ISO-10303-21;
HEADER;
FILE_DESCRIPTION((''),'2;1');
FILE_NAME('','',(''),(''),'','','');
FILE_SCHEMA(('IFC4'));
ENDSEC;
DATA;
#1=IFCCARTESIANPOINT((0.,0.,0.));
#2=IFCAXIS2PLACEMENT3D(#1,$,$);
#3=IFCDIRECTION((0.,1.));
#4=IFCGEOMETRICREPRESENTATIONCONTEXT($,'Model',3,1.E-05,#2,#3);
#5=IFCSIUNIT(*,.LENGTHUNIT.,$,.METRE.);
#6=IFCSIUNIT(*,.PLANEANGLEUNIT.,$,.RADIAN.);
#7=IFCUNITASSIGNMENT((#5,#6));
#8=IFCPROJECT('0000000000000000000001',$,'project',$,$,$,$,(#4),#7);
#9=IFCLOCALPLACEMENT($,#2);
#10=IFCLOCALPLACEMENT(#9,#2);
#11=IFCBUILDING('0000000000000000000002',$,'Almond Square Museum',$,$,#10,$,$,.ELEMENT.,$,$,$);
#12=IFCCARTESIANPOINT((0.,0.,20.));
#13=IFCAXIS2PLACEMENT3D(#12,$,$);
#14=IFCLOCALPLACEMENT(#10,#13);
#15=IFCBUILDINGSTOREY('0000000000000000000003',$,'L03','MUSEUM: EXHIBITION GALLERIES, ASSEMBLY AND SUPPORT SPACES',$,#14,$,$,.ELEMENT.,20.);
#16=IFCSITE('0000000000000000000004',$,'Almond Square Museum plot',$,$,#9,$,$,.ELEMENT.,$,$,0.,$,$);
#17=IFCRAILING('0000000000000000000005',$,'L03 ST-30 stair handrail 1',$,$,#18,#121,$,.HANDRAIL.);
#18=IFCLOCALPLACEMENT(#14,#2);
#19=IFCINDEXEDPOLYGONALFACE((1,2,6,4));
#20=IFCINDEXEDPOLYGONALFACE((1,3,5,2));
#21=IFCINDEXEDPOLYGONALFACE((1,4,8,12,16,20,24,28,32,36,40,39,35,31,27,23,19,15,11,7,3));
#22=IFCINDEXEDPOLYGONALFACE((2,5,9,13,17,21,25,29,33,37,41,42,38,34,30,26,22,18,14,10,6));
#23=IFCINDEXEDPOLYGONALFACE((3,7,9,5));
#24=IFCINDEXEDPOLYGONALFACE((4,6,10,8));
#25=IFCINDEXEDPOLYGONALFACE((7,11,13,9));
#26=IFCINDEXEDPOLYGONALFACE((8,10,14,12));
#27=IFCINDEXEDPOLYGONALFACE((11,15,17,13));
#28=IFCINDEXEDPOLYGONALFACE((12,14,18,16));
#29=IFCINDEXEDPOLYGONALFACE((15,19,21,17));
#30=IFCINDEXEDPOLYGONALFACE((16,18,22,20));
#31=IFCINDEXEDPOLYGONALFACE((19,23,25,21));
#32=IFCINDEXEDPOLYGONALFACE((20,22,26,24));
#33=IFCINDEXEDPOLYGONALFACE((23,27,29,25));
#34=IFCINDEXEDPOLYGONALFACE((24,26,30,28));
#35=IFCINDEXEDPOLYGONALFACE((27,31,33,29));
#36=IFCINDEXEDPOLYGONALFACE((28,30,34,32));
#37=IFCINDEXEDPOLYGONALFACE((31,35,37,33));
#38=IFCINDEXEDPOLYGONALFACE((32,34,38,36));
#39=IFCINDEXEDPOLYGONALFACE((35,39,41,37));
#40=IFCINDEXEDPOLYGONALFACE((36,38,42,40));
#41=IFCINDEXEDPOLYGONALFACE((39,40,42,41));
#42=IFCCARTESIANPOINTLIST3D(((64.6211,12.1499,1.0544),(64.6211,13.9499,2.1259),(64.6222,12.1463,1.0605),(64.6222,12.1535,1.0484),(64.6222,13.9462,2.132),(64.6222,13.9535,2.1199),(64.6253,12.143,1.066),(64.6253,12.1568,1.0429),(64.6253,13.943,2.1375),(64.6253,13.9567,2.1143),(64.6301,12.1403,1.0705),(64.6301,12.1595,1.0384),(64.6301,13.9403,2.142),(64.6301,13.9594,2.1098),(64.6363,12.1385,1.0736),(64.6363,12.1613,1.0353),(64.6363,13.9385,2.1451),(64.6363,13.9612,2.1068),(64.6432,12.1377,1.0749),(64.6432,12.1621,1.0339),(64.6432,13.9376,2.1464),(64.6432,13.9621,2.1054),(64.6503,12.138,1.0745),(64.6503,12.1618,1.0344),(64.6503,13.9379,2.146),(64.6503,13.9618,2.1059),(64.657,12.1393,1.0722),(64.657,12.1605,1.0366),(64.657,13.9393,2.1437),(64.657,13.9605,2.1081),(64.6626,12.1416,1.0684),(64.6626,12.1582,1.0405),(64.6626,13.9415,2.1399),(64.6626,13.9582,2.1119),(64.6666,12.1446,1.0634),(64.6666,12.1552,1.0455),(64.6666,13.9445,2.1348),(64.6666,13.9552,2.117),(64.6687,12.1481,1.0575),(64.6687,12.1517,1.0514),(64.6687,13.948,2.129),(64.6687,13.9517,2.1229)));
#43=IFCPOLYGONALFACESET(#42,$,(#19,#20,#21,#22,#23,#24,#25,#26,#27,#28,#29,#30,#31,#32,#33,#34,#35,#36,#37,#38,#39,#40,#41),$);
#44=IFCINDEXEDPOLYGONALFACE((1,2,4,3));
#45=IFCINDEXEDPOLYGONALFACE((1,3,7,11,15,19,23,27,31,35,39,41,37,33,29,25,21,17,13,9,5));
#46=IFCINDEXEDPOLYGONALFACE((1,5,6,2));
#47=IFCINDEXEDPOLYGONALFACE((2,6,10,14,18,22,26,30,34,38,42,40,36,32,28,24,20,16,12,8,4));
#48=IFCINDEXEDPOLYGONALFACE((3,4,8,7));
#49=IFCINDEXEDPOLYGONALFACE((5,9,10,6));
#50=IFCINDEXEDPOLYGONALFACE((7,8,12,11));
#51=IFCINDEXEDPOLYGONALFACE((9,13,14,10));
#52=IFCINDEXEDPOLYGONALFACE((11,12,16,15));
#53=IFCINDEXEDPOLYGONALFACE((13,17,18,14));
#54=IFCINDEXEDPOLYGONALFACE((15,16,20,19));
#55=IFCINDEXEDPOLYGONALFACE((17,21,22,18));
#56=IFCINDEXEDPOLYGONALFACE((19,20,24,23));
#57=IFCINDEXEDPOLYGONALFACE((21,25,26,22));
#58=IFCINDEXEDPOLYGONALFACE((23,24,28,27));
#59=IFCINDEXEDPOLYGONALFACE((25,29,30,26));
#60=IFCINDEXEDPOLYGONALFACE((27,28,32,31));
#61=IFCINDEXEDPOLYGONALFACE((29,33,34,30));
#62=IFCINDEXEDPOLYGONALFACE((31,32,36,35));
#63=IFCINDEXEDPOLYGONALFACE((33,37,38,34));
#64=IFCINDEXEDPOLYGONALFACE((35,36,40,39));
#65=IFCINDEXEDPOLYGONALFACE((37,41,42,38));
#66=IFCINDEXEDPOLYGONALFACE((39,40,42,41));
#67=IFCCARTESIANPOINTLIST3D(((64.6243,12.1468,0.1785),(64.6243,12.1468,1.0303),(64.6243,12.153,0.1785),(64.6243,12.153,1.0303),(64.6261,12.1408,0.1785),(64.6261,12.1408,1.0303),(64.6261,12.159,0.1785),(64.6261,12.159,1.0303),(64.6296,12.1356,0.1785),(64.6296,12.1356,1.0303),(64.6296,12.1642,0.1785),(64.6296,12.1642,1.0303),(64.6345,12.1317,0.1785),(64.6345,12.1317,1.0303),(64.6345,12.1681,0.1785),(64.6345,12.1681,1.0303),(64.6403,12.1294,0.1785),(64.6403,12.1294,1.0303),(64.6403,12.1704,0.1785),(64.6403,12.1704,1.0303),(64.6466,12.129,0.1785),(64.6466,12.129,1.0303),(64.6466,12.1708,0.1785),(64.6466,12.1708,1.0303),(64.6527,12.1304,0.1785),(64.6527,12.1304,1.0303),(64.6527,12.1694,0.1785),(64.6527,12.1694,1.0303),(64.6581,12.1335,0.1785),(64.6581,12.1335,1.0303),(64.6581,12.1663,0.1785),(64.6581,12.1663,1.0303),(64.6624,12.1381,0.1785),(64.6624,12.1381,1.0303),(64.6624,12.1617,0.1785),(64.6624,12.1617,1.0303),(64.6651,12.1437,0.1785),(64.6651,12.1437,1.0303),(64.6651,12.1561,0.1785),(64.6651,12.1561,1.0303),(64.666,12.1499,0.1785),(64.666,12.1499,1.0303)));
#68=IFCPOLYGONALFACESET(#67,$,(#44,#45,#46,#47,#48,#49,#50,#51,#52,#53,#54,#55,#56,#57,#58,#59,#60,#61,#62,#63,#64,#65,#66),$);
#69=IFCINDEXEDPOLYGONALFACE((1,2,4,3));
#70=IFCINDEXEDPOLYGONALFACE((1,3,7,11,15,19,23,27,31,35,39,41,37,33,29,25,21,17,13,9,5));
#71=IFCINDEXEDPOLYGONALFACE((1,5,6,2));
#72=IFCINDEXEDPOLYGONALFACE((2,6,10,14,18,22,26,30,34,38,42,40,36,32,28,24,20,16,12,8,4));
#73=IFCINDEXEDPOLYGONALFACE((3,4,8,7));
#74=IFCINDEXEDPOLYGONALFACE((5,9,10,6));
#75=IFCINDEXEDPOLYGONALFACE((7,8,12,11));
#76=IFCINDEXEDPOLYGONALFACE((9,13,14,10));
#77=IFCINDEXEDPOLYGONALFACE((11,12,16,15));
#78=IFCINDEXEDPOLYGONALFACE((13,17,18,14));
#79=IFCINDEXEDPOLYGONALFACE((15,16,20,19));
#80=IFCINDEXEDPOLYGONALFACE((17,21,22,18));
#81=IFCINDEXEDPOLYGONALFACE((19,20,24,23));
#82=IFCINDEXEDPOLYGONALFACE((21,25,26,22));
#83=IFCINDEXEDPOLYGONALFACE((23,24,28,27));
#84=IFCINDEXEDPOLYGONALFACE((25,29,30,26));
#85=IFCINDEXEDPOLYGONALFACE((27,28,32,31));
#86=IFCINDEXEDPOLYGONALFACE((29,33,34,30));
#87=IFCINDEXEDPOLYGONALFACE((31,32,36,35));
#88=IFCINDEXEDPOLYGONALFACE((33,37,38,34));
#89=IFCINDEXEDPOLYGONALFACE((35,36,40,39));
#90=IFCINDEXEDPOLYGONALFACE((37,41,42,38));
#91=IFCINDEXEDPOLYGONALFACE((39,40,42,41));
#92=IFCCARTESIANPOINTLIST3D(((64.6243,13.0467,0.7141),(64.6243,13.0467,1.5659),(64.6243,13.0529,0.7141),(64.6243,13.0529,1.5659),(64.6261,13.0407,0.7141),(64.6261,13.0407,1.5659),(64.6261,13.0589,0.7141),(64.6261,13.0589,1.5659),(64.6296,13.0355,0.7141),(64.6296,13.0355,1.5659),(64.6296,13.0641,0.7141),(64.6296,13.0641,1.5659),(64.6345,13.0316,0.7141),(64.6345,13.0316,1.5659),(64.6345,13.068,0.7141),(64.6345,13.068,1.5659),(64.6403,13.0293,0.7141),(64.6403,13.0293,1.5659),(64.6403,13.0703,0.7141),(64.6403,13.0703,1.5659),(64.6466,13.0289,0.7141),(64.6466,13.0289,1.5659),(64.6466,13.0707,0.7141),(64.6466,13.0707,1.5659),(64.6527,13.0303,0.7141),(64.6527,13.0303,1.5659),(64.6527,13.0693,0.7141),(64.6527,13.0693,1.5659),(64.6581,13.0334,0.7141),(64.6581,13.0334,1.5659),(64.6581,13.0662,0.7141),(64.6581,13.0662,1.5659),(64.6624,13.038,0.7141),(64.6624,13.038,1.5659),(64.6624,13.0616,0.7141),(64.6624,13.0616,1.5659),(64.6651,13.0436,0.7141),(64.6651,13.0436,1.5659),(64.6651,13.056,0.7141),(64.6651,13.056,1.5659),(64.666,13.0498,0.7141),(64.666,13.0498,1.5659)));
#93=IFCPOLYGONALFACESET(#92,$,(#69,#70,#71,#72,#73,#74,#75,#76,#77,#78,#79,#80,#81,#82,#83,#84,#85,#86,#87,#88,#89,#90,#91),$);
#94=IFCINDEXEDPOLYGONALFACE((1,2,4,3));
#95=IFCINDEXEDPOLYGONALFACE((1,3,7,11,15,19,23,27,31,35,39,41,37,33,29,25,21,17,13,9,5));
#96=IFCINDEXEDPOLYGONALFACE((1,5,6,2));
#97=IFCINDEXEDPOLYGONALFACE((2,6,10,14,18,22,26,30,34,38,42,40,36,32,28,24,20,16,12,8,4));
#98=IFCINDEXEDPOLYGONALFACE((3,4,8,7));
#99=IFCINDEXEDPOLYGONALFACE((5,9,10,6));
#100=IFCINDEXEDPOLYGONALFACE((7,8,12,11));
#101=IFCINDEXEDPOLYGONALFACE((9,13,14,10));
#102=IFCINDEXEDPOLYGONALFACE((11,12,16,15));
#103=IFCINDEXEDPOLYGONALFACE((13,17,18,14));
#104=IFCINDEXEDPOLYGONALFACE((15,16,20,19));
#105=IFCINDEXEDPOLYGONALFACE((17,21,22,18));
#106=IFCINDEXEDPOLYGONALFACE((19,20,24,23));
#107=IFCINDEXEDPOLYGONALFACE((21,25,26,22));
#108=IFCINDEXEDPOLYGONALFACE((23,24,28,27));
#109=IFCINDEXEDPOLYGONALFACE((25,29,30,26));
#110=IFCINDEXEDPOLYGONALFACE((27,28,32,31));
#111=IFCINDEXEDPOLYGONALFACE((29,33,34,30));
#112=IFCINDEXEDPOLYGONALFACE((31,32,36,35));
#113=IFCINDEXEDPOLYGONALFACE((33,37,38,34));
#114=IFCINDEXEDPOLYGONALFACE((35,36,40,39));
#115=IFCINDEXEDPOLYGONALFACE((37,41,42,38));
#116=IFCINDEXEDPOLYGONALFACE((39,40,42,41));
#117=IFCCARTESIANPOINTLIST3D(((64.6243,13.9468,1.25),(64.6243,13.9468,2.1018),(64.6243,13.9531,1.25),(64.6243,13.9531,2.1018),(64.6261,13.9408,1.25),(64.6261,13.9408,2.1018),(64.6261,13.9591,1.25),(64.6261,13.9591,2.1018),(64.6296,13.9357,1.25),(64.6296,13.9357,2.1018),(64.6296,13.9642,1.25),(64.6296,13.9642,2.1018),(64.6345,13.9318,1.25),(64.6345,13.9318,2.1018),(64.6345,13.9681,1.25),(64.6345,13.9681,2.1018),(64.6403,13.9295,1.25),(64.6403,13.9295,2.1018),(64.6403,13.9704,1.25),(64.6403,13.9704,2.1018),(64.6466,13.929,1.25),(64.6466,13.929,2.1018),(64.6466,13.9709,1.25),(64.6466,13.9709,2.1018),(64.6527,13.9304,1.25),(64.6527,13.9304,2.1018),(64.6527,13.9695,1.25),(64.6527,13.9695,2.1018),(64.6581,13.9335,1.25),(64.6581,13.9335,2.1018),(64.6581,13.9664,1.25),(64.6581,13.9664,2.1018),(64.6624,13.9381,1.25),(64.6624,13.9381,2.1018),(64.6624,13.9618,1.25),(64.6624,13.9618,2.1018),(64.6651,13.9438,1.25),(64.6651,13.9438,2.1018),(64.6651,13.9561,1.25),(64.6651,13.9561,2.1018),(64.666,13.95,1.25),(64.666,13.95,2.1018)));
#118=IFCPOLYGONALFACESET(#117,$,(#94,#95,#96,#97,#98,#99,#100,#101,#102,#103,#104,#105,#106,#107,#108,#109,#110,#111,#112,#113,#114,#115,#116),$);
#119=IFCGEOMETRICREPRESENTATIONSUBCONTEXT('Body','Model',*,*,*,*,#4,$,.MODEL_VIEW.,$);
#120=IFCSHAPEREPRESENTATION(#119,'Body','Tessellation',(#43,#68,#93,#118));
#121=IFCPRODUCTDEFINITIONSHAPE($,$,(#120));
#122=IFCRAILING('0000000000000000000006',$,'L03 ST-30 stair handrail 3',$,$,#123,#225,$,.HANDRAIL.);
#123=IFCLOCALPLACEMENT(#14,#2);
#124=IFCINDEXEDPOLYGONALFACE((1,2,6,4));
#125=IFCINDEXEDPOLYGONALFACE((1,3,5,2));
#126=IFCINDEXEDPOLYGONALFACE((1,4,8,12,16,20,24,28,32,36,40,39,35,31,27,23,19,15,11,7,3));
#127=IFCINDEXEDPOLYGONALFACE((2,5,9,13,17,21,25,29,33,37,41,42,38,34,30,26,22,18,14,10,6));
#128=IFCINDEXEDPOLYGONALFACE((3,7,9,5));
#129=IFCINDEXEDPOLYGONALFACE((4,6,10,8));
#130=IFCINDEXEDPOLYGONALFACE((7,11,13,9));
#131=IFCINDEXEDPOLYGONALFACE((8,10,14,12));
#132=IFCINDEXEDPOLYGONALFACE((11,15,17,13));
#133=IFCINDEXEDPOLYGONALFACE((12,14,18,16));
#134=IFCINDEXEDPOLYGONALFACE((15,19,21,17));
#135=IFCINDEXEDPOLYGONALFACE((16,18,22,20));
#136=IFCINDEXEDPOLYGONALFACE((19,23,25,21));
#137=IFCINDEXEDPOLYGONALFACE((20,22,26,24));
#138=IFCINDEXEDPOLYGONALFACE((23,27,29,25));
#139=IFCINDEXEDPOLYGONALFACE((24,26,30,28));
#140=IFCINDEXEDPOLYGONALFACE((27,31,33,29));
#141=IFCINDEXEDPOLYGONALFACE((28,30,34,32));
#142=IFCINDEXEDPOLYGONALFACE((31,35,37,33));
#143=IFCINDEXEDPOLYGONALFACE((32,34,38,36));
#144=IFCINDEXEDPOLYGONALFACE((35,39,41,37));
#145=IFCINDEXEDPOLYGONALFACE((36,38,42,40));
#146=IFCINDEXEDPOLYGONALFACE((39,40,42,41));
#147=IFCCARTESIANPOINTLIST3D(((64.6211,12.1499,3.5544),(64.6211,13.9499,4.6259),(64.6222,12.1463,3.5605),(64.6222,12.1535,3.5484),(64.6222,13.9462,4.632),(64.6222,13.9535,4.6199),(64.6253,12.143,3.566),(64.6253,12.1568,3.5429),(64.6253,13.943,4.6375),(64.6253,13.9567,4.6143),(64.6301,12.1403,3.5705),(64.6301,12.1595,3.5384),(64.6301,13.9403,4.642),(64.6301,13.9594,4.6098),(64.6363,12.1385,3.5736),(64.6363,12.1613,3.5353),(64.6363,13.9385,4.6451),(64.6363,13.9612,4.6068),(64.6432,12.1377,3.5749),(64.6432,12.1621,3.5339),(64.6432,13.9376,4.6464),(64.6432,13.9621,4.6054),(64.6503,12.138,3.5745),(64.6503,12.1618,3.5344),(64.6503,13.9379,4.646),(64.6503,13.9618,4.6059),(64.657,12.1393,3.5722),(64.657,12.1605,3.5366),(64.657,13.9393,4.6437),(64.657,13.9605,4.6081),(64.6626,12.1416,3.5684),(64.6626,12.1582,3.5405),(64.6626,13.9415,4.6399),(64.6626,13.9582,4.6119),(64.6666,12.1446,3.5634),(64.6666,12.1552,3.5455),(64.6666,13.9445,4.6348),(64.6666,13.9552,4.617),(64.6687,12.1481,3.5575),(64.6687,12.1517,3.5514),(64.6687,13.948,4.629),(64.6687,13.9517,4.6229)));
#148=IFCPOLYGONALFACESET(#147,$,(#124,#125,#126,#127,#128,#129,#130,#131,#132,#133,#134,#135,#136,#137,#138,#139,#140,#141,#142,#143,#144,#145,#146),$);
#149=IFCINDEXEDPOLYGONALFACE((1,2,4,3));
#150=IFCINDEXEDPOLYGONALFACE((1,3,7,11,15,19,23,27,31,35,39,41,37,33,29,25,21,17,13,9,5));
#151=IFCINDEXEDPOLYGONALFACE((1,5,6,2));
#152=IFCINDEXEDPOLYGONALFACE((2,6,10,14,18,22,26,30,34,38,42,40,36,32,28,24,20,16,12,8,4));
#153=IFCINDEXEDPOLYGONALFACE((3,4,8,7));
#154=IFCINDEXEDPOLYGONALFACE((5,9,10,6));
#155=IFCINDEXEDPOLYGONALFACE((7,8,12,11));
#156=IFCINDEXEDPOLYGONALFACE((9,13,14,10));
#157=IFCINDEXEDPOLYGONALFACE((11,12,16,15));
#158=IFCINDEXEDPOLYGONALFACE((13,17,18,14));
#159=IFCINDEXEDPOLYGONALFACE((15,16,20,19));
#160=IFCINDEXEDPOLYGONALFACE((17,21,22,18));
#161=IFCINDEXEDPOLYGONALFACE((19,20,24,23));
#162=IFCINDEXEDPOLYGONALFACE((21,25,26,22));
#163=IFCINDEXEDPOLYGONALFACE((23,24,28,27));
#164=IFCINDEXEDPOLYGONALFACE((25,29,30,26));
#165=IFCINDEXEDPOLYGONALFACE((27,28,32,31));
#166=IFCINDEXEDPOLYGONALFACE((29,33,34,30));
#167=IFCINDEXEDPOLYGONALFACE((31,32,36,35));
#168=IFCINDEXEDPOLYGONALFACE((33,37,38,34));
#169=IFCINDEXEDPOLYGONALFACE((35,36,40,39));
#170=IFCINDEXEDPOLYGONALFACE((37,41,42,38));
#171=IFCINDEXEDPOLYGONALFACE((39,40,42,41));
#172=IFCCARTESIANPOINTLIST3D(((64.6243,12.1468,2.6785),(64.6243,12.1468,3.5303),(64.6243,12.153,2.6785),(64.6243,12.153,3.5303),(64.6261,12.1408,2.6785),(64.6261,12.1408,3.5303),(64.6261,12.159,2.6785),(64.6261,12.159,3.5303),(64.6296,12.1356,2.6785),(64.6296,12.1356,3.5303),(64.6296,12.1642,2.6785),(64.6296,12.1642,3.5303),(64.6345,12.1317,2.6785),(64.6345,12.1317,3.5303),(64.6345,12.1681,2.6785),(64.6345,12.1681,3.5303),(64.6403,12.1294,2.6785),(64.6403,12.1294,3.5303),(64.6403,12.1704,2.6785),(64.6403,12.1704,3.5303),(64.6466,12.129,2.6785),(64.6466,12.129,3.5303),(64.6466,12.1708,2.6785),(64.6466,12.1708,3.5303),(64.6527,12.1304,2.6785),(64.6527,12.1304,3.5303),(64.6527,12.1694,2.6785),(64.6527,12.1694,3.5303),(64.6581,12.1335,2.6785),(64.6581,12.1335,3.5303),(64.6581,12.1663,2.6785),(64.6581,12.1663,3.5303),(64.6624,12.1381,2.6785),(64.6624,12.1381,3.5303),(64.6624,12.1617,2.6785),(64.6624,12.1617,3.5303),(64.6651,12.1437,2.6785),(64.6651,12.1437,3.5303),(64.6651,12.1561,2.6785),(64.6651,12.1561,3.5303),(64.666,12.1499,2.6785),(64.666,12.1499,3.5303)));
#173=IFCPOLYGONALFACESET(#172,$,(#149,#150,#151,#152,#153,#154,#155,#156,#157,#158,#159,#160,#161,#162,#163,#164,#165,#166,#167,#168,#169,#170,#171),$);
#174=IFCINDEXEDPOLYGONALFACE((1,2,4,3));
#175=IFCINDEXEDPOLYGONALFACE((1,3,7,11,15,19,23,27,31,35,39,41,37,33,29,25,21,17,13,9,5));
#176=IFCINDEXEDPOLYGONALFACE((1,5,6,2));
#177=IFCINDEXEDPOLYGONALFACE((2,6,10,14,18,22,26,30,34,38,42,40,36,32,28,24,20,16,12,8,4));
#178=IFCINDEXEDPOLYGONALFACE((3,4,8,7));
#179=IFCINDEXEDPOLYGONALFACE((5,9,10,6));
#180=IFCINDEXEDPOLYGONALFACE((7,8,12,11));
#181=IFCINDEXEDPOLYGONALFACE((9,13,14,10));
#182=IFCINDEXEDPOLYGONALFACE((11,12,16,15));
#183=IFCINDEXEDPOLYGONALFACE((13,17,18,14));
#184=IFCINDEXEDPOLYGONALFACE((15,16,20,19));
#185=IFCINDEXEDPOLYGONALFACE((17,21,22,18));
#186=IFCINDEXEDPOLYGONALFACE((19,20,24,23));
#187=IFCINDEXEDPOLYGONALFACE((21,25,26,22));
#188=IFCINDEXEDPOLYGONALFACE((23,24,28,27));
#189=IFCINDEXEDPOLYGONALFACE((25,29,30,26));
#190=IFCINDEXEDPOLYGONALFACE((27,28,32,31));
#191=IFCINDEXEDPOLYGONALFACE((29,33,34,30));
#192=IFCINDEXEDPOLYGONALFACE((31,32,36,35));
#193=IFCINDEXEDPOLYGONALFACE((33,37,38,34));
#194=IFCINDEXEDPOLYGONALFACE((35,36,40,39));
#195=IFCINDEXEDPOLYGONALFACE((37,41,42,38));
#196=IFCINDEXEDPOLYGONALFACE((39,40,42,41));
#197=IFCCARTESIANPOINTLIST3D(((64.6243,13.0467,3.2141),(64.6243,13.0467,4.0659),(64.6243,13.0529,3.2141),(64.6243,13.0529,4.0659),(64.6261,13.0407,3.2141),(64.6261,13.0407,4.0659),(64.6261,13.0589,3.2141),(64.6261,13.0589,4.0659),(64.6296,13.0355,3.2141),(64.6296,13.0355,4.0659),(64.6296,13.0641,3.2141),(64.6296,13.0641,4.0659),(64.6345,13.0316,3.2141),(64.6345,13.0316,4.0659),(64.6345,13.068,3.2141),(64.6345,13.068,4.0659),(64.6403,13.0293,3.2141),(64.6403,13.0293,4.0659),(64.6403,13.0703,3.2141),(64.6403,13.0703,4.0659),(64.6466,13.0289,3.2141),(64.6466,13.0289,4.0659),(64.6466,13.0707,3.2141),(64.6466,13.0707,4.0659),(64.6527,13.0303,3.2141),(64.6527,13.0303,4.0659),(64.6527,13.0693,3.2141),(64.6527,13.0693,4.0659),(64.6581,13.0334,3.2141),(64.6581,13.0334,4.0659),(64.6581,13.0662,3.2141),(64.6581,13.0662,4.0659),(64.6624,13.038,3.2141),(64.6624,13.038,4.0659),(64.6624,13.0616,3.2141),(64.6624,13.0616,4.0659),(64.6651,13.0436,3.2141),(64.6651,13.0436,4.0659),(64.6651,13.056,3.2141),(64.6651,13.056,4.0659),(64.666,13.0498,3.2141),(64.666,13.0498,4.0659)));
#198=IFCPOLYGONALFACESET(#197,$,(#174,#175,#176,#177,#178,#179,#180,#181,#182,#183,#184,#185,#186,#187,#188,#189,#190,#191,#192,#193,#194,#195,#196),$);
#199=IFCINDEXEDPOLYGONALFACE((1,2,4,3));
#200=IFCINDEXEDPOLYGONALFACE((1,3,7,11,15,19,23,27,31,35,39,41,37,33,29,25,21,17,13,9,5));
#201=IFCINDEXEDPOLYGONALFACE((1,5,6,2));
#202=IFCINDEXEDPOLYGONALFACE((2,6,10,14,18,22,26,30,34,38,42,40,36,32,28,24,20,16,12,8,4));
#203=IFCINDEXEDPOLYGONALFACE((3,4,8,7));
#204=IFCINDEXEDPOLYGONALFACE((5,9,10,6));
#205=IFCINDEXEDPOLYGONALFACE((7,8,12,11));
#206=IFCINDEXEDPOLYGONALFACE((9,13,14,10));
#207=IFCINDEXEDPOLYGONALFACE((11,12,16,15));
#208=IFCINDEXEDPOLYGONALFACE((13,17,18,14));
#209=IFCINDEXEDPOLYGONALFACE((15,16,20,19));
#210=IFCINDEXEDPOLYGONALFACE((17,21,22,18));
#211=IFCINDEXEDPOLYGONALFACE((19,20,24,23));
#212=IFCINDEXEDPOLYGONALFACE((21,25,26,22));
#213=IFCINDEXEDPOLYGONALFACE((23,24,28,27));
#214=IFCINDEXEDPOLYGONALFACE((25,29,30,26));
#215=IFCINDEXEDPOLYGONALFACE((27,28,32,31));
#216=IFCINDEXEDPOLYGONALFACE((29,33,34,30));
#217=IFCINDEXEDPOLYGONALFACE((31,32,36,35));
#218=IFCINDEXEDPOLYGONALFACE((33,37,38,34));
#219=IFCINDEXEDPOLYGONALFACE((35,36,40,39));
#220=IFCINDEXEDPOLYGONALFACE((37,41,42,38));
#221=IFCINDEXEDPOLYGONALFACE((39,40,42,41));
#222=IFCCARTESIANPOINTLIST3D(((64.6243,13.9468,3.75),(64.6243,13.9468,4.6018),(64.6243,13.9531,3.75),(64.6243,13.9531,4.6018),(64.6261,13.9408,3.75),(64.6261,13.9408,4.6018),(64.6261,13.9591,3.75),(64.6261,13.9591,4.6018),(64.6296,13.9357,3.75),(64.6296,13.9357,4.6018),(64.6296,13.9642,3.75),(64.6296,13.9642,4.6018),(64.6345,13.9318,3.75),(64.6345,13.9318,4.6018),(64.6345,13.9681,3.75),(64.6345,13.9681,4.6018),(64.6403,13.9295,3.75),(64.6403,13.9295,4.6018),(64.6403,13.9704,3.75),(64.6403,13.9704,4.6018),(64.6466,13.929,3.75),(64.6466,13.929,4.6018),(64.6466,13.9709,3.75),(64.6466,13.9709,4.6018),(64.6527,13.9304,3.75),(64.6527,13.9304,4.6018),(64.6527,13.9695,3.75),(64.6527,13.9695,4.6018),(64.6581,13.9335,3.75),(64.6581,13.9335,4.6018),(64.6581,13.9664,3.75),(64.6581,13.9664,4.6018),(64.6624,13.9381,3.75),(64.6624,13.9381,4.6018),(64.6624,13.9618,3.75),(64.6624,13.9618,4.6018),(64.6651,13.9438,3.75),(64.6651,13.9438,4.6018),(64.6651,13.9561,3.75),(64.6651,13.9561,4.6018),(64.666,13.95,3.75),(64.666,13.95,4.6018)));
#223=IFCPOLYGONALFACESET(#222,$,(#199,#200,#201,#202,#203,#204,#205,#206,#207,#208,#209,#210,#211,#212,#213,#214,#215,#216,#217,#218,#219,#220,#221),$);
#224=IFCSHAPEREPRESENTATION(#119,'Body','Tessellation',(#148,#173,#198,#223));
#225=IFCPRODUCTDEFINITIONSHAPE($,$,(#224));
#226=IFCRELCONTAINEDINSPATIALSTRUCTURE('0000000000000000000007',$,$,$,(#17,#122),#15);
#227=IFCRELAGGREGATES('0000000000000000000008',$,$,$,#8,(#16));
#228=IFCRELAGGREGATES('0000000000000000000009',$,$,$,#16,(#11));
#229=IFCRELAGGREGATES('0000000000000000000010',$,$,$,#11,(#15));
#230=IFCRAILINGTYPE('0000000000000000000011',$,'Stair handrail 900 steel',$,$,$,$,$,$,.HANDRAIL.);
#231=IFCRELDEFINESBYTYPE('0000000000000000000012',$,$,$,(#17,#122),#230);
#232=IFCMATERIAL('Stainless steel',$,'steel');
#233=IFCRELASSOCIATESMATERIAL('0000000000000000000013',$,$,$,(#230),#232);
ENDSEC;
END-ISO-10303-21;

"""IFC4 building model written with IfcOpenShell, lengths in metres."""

from ifc_helpers import new_model, si_unit, direction, frame, origin, origin_2d, place, context, subcontext, project, spatial, circle, extrude, material, type_object, element, save


model = new_model("IFC4")

# Units and contexts
model_context = context("Model", 3, precision=1e-05, world=origin(), true_north=direction((0.0, 1.0)))
body_context = subcontext(model_context, "Body", "Model", "MODEL_VIEW")
ifc_project = project(units=[si_unit("LENGTHUNIT", "METRE"), si_unit("PLANEANGLEUNIT", "RADIAN")], contexts=[model_context])

# Site, building, storey
site_placement = place(None, origin())
site = spatial("IfcSite", under=ifc_project, at=site_placement, Name="Almond Square Museum plot", CompositionType="ELEMENT", RefElevation=0.0)
building_placement = place(site_placement, origin())
building = spatial("IfcBuilding", under=site, at=building_placement, Name="Almond Square Museum", CompositionType="ELEMENT")
storey_placement = place(building_placement, frame((0.0, 0.0, 20.0)))
storey = spatial("IfcBuildingStorey", under=building, at=storey_placement, Name="L03", Description="MUSEUM: EXHIBITION GALLERIES, ASSEMBLY AND SUPPORT SPACES", CompositionType="ELEMENT", Elevation=20.0)

# Railings
ifc_material_1 = material(Name="Stainless steel", Category="steel")
railing_type_1 = type_object("IfcRailingType", Name="Stair handrail 900 steel", PredefinedType="HANDRAIL", material=ifc_material_1)
for number, where, name in (
    (1, (64.645, 12.1499, 0.1785), "L03 ST-30 stair handrail 1"),
    (2, (64.645, 12.1499, 2.6785), "L03 ST-30 stair handrail 3"),
):
    element("IfcRailing", number, at=place(storey_placement, frame(where)), inside=storey, type_object=railing_type_1, Name=name, PredefinedType="HANDRAIL", context=body_context, shape_type="SweptSolid", body=[
        extrude(circle(Radius=0.0239, at=origin_2d()), frame((0.0, 0.0, 0.876), z_axis=(0.0, 0.859277, 0.51151), x_axis=(-1.0, 0.0, 0.0)), (0.0, 0.0, 1.0), 2.0947),
        extrude(circle(Radius=0.021, at=origin_2d()), origin(), (0.0, 0.0, 1.0), 0.8518),
        extrude(circle(Radius=0.021, at=origin_2d()), frame((0.0, 0.8999, 0.5356)), (0.0, 0.0, 1.0), 0.8518),
        extrude(circle(Radius=0.021, at=origin_2d()), frame((0.0, 1.8, 1.0715)), (0.0, 0.0, 1.0), 0.8518),
    ])

save(model, "model.ifc")
